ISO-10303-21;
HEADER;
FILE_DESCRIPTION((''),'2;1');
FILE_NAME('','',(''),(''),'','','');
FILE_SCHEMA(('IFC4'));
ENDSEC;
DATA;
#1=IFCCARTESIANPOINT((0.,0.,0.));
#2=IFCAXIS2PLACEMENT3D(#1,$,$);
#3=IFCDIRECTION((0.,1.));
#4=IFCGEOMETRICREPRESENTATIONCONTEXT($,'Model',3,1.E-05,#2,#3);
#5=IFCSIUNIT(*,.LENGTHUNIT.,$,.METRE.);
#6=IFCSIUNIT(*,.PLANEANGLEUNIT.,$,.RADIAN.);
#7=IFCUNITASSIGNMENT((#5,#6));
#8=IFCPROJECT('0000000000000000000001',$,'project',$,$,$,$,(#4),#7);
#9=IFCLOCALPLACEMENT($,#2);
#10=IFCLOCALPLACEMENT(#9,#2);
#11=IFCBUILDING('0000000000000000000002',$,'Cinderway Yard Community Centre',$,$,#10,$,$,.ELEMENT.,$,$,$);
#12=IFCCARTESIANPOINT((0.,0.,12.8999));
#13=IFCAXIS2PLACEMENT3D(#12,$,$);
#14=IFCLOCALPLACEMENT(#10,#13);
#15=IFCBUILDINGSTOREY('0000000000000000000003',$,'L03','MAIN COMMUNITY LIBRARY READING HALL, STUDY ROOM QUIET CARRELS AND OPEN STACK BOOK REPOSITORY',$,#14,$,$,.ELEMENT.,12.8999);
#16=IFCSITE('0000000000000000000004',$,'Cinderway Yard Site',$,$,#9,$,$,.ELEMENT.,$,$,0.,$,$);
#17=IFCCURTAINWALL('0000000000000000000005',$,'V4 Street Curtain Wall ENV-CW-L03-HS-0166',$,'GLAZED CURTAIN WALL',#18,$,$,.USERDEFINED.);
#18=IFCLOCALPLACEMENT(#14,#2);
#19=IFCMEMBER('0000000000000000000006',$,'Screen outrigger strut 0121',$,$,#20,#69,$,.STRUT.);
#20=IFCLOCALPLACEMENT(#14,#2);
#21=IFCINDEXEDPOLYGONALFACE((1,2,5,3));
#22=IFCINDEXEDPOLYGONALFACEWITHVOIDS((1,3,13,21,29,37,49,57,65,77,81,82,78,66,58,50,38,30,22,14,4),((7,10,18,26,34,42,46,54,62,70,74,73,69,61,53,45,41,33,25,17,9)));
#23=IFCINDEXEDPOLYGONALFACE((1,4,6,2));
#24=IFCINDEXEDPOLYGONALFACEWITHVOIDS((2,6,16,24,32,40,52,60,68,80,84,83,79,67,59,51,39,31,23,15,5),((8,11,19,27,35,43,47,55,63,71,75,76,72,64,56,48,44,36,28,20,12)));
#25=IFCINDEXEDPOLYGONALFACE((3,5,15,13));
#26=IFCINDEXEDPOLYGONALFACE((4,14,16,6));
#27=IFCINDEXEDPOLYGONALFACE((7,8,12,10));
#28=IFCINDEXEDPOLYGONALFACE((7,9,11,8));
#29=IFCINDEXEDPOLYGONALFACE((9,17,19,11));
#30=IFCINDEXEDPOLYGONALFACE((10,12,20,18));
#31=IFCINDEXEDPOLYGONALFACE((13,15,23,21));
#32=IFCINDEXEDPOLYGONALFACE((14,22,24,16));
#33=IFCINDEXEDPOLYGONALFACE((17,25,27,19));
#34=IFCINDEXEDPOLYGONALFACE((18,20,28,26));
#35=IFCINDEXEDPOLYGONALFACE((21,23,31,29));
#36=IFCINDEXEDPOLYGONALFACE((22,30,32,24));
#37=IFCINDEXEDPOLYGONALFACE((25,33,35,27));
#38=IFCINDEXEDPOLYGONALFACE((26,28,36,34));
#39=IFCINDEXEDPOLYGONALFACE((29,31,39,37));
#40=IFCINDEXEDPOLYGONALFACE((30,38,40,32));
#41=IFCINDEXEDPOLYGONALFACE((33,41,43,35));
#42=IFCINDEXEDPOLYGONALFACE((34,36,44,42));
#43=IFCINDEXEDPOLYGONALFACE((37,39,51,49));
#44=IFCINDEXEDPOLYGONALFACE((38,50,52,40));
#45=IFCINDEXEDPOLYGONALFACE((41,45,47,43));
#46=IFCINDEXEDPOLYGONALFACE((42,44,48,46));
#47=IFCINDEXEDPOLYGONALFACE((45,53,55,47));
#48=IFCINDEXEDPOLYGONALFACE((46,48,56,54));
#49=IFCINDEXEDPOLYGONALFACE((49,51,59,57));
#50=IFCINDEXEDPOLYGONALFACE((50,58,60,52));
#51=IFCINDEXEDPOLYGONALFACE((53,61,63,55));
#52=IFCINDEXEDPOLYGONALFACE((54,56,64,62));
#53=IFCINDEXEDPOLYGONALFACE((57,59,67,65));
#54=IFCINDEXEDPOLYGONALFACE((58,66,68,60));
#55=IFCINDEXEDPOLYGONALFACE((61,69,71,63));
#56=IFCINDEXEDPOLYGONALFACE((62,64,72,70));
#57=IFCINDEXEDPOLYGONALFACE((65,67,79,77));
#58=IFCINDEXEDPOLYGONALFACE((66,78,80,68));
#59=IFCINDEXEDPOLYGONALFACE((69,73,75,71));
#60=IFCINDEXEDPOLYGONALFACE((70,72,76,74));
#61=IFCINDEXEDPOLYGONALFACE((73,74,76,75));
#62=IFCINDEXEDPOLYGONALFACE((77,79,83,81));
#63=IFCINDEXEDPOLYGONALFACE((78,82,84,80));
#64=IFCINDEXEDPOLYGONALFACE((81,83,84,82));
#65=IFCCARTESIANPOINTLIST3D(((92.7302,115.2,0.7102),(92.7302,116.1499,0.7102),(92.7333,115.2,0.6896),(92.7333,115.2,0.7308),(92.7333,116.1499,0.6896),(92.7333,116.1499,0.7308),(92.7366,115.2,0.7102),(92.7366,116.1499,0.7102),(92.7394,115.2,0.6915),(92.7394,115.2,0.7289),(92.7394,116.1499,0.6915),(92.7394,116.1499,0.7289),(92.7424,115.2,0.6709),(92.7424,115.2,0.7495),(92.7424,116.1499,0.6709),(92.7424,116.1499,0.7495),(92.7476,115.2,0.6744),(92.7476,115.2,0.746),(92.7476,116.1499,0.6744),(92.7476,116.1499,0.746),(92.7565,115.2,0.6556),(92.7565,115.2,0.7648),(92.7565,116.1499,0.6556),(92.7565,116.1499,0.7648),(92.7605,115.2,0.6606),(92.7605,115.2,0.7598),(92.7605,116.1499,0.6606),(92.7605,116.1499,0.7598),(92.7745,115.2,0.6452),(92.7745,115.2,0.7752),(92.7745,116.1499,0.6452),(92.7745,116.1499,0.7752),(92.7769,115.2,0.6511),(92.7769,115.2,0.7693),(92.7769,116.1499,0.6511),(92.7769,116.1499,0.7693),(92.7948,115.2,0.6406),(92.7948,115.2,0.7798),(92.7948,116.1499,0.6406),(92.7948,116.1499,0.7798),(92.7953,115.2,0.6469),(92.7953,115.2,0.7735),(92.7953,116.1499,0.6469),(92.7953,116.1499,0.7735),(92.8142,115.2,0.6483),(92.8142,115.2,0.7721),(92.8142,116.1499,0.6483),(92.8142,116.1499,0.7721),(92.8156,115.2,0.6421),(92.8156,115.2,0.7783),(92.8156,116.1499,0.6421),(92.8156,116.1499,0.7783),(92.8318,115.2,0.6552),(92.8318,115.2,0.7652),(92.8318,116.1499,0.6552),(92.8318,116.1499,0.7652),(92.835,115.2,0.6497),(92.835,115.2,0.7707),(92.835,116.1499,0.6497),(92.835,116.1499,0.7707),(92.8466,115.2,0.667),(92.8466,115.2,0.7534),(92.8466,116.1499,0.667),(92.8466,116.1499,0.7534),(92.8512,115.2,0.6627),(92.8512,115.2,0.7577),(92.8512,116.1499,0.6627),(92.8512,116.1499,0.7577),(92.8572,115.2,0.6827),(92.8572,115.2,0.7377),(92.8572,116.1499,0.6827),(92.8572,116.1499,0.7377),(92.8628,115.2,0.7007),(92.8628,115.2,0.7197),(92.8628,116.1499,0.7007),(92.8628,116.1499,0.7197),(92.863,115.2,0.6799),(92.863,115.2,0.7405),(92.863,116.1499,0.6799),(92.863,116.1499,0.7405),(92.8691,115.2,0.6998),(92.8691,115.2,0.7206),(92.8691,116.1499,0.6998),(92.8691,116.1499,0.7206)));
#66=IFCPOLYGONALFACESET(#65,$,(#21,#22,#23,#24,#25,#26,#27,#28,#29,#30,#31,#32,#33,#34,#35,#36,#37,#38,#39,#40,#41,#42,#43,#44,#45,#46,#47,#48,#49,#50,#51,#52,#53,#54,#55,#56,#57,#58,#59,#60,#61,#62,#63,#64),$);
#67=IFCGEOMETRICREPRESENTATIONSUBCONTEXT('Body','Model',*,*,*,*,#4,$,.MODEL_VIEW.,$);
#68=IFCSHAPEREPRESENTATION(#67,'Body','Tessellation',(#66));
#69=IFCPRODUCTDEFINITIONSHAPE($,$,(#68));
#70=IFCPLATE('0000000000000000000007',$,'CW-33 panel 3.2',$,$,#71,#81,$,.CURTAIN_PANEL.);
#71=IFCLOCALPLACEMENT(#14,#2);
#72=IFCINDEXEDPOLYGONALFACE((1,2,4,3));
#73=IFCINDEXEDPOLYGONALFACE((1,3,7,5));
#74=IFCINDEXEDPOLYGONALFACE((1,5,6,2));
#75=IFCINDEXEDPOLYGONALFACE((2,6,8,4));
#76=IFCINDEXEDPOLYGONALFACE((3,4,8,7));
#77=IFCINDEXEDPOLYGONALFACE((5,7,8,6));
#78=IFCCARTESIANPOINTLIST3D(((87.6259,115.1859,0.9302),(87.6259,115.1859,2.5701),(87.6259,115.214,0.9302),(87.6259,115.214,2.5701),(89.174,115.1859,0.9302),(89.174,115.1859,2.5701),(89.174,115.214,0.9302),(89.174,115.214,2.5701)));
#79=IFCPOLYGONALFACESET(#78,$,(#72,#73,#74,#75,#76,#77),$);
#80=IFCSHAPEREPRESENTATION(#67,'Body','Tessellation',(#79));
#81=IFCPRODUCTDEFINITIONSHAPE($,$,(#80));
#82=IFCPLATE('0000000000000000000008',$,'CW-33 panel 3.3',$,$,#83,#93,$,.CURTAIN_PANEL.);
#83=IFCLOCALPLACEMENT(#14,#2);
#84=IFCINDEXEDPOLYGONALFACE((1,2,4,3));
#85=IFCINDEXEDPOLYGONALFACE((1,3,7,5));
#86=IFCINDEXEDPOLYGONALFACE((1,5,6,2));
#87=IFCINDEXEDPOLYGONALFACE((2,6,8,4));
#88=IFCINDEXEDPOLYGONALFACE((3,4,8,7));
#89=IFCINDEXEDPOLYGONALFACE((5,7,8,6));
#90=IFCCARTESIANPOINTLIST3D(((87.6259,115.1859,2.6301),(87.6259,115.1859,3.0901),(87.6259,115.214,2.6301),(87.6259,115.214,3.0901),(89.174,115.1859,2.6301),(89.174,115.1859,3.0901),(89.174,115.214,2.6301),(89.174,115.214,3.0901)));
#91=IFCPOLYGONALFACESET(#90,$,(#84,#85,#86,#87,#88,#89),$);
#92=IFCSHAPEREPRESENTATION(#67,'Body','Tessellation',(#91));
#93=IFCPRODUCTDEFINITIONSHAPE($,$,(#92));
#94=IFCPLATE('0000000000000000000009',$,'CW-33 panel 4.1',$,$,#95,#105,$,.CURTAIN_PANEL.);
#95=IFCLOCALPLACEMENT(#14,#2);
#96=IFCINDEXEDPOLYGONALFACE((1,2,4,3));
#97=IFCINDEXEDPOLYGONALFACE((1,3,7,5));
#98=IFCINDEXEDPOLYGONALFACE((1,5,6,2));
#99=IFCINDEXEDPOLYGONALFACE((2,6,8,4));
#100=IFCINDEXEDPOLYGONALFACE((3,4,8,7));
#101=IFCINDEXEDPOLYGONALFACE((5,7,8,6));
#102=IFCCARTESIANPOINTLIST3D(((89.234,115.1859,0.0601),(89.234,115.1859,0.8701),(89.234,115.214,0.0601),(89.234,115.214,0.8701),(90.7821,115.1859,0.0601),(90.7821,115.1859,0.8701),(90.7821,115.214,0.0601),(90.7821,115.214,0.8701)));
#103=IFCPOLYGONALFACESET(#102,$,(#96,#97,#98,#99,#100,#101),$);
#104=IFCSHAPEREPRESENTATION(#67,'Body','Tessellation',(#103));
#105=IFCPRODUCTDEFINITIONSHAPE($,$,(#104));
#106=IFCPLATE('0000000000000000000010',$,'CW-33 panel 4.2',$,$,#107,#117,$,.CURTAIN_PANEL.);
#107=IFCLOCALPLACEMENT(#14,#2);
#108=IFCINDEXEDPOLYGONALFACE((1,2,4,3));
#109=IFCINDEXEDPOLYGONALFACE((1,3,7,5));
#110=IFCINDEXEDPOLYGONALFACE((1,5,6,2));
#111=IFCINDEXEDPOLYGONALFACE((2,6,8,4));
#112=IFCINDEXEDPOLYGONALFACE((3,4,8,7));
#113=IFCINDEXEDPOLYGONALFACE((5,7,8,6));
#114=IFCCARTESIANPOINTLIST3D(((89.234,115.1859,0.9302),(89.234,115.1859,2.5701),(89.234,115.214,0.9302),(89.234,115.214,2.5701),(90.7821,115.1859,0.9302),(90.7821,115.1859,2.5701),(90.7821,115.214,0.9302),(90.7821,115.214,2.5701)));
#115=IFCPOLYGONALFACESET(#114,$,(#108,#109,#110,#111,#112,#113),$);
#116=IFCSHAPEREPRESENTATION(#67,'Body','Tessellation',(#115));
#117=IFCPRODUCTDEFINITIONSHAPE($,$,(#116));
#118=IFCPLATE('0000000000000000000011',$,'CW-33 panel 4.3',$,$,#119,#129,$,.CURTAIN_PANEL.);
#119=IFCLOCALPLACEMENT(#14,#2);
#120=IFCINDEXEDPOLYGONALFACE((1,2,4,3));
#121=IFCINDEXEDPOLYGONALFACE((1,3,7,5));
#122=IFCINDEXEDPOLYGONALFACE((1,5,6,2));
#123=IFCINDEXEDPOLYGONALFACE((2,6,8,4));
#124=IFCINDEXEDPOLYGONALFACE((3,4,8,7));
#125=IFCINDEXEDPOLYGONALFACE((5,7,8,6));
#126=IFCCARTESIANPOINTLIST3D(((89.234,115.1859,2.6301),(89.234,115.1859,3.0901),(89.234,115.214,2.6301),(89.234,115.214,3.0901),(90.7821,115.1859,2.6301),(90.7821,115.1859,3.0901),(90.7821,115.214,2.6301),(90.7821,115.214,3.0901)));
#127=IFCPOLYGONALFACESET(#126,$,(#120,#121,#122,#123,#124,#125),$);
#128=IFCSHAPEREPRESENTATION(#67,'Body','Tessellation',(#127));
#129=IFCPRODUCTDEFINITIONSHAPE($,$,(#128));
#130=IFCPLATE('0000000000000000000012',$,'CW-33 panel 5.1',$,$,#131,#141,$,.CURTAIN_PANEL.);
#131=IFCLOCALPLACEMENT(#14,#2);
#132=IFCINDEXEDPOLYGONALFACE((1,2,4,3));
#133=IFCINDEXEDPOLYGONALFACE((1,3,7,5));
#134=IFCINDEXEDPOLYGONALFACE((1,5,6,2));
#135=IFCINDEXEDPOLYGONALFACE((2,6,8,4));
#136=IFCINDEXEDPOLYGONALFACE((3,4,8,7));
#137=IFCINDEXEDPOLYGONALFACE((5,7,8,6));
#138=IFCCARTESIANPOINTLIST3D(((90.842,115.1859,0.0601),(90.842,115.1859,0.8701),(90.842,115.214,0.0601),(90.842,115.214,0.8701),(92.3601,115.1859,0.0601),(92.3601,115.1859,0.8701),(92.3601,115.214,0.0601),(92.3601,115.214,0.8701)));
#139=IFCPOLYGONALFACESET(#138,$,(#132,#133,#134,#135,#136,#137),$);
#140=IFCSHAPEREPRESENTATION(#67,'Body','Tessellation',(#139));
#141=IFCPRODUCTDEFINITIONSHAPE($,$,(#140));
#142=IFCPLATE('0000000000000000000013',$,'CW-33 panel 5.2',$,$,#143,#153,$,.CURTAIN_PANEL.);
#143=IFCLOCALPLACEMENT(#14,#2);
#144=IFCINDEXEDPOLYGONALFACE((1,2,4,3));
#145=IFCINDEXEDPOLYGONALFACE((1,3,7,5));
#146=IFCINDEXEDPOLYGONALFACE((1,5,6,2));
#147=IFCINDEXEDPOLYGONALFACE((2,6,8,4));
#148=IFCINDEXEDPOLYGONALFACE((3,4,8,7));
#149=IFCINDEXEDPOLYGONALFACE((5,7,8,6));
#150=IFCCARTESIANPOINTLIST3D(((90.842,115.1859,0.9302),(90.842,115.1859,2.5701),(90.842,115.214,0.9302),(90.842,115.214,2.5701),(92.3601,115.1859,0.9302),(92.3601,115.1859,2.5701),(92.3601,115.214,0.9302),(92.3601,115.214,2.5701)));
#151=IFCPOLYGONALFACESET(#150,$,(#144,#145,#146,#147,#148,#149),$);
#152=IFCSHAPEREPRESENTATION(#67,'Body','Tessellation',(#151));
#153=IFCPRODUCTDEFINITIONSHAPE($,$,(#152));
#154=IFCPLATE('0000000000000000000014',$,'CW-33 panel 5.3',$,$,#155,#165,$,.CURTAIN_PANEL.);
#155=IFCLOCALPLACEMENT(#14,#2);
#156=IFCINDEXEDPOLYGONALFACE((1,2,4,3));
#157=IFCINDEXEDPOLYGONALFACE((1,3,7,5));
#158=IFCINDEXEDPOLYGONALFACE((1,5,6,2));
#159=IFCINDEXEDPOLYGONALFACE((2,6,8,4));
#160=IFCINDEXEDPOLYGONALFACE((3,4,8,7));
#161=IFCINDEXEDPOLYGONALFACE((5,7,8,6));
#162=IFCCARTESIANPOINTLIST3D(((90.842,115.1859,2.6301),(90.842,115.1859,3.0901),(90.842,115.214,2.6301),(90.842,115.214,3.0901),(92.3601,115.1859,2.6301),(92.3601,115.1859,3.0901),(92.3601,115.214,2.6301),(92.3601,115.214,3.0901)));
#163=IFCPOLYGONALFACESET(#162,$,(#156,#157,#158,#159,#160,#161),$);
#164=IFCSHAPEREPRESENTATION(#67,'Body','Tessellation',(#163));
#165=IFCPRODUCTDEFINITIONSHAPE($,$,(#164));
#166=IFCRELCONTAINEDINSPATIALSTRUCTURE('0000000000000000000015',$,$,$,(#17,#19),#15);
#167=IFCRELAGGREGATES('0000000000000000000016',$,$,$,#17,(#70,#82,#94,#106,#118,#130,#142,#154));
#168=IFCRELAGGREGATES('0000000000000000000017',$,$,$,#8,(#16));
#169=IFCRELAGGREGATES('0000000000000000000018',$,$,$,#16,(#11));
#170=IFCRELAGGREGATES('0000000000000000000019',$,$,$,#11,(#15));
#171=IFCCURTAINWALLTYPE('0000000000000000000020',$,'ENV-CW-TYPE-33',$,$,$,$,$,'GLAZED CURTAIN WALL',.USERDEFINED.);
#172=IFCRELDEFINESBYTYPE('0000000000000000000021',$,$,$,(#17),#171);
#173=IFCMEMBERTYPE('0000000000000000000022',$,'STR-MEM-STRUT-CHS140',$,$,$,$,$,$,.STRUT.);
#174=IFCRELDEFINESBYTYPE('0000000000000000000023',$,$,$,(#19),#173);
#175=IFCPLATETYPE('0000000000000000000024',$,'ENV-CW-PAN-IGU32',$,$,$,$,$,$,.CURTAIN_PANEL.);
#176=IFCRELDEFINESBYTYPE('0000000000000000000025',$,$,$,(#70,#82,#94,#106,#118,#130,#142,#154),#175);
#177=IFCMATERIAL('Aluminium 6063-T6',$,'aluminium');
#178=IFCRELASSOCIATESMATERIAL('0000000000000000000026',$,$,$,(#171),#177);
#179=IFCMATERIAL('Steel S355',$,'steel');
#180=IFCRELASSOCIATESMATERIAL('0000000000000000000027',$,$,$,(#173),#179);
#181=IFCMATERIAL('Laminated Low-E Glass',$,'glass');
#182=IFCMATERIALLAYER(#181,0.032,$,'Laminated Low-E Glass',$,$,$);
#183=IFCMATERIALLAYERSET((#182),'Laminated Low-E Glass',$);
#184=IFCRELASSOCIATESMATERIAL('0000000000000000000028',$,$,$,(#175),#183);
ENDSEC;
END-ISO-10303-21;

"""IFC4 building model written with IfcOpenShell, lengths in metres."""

from ifc_helpers import new_model, si_unit, direction, frame, origin, origin_2d, place, context, subcontext, project, spatial, rectangle, hollow_circle, extrude, material, layer, layer_set, material_profile, profile_set, type_object, element, aggregate, save


model = new_model("IFC4")

# Units and contexts
model_context = context("Model", 3, precision=1e-05, world=origin(), true_north=direction((0.0, 1.0)))
body_context = subcontext(model_context, "Body", "Model", "MODEL_VIEW")
ifc_project = project(units=[si_unit("LENGTHUNIT", "METRE"), si_unit("PLANEANGLEUNIT", "RADIAN")], contexts=[model_context])

# Site, building, storey
site_placement = place(None, origin())
site = spatial("IfcSite", under=ifc_project, at=site_placement, Name="Cinderway Yard Site", CompositionType="ELEMENT", RefElevation=0.0)
building_placement = place(site_placement, origin())
building = spatial("IfcBuilding", under=site, at=building_placement, Name="Cinderway Yard Community Centre", CompositionType="ELEMENT")
storey_placement = place(building_placement, frame((0.0, 0.0, 12.8999)))
storey = spatial("IfcBuildingStorey", under=building, at=storey_placement, Name="L03", Description="MAIN COMMUNITY LIBRARY READING HALL, STUDY ROOM QUIET CARRELS AND OPEN STACK BOOK REPOSITORY", CompositionType="ELEMENT", Elevation=12.8999)

# Curtain wall
ifc_material_1 = material(Name="Aluminium 6063-T6", Category="aluminium")
curtain_wall_type = type_object("IfcCurtainWallType", Name="ENV-CW-TYPE-33", ElementType="GLAZED CURTAIN WALL", PredefinedType="USERDEFINED", material=ifc_material_1)
curtain_wall_placement = place(storey_placement, origin())
curtain_wall = element("IfcCurtainWall", 1, at=curtain_wall_placement, inside=storey, type_object=curtain_wall_type, Name="V4 Street Curtain Wall ENV-CW-L03-HS-0166", ObjectType="GLAZED CURTAIN WALL", PredefinedType="USERDEFINED")

# Member
ifc_material_2 = material(Name="Steel S355", Category="steel")
ifc_material_profile_1 = material_profile(ifc_material_2, hollow_circle(Radius=0.0698, WallThickness=0.0063, at=origin_2d()), Name="Steel S355")
ifc_profile_set_1 = profile_set([ifc_material_profile_1], Name="Steel S355")
member_type_1 = type_object("IfcMemberType", Name="STR-MEM-STRUT-CHS140", PredefinedType="STRUT", material=ifc_profile_set_1)
member_1_placement = place(storey_placement, frame((92.8, 115.2, 0.7102), z_axis=(0.0, 1.0, 0.0), x_axis=(-1.0, 0.0, 0.0)))
element("IfcMember", 2, at=member_1_placement, inside=storey, type_object=member_type_1, Name="Screen outrigger strut 0121", PredefinedType="STRUT", context=body_context, shape_type="SweptSolid", body=[
    extrude(hollow_circle(Radius=0.0698, WallThickness=0.0063, at=origin_2d()), origin(), (0.0, 0.0, 1.0), 0.95),
])

# Plates
ifc_material_3 = material(Name="Laminated Low-E Glass", Category="glass")
ifc_layer = layer(ifc_material_3, 0.032, Name="Laminated Low-E Glass")
ifc_layer_set = layer_set([ifc_layer], Name="Laminated Low-E Glass")
plate_type = type_object("IfcPlateType", Name="ENV-CW-PAN-IGU32", PredefinedType="CURTAIN_PANEL", material=ifc_layer_set)
plate_1_placement = place(storey_placement, frame((88.3999, 115.2, 0.9302), z_axis=(0.0, 0.0, 1.0), x_axis=(1.0, 0.0, 0.0)))
plate_1 = element("IfcPlate", 3, at=plate_1_placement, type_object=plate_type, Name="CW-33 panel 3.2", PredefinedType="CURTAIN_PANEL", context=body_context, shape_type="SweptSolid", body=[
    extrude(rectangle(XDim=1.5481, YDim=0.0281, at=origin_2d()), origin(), (0.0, 0.0, 1.0), 1.6399),
])
plate_2_placement = place(storey_placement, frame((88.3999, 115.2, 2.6301), z_axis=(0.0, 0.0, 1.0), x_axis=(1.0, 0.0, 0.0)))
plate_2 = element("IfcPlate", 4, at=plate_2_placement, type_object=plate_type, Name="CW-33 panel 3.3", PredefinedType="CURTAIN_PANEL", context=body_context, shape_type="SweptSolid", body=[
    extrude(rectangle(XDim=1.5481, YDim=0.0281, at=origin_2d()), origin(), (0.0, 0.0, 1.0), 0.46),
])
plate_3_placement = place(storey_placement, frame((90.0081, 115.2, 0.0601), z_axis=(0.0, 0.0, 1.0), x_axis=(1.0, 0.0, 0.0)))
plate_3 = element("IfcPlate", 5, at=plate_3_placement, type_object=plate_type, Name="CW-33 panel 4.1", PredefinedType="CURTAIN_PANEL", context=body_context, shape_type="SweptSolid", body=[
    extrude(rectangle(XDim=1.5481, YDim=0.0281, at=origin_2d()), origin(), (0.0, 0.0, 1.0), 0.8101),
])
plate_4_placement = place(storey_placement, frame((90.0081, 115.2, 0.9302), z_axis=(0.0, 0.0, 1.0), x_axis=(1.0, 0.0, 0.0)))
plate_4 = element("IfcPlate", 6, at=plate_4_placement, type_object=plate_type, Name="CW-33 panel 4.2", PredefinedType="CURTAIN_PANEL", context=body_context, shape_type="SweptSolid", body=[
    extrude(rectangle(XDim=1.5481, YDim=0.0281, at=origin_2d()), origin(), (0.0, 0.0, 1.0), 1.6399),
])
plate_5_placement = place(storey_placement, frame((90.0081, 115.2, 2.6301), z_axis=(0.0, 0.0, 1.0), x_axis=(1.0, 0.0, 0.0)))
plate_5 = element("IfcPlate", 7, at=plate_5_placement, type_object=plate_type, Name="CW-33 panel 4.3", PredefinedType="CURTAIN_PANEL", context=body_context, shape_type="SweptSolid", body=[
    extrude(rectangle(XDim=1.5481, YDim=0.0281, at=origin_2d()), origin(), (0.0, 0.0, 1.0), 0.46),
])
plate_6_placement = place(storey_placement, frame((91.6011, 115.2, 0.0601), z_axis=(0.0, 0.0, 1.0), x_axis=(1.0, 0.0, 0.0)))
plate_6 = element("IfcPlate", 8, at=plate_6_placement, type_object=plate_type, Name="CW-33 panel 5.1", PredefinedType="CURTAIN_PANEL", context=body_context, shape_type="SweptSolid", body=[
    extrude(rectangle(XDim=1.5181, YDim=0.0281, at=origin_2d()), origin(), (0.0, 0.0, 1.0), 0.8101),
])
plate_7_placement = place(storey_placement, frame((91.6011, 115.2, 0.9302), z_axis=(0.0, 0.0, 1.0), x_axis=(1.0, 0.0, 0.0)))
plate_7 = element("IfcPlate", 9, at=plate_7_placement, type_object=plate_type, Name="CW-33 panel 5.2", PredefinedType="CURTAIN_PANEL", context=body_context, shape_type="SweptSolid", body=[
    extrude(rectangle(XDim=1.5181, YDim=0.0281, at=origin_2d()), origin(), (0.0, 0.0, 1.0), 1.6399),
])
plate_8_placement = place(storey_placement, frame((91.6011, 115.2, 2.6301), z_axis=(0.0, 0.0, 1.0), x_axis=(1.0, 0.0, 0.0)))
plate_8 = element("IfcPlate", 10, at=plate_8_placement, type_object=plate_type, Name="CW-33 panel 5.3", PredefinedType="CURTAIN_PANEL", context=body_context, shape_type="SweptSolid", body=[
    extrude(rectangle(XDim=1.5181, YDim=0.0281, at=origin_2d()), origin(), (0.0, 0.0, 1.0), 0.46),
])
aggregate(curtain_wall, [plate_1, plate_2, plate_3, plate_4, plate_5, plate_6, plate_7, plate_8])

save(model, "model.ifc")
